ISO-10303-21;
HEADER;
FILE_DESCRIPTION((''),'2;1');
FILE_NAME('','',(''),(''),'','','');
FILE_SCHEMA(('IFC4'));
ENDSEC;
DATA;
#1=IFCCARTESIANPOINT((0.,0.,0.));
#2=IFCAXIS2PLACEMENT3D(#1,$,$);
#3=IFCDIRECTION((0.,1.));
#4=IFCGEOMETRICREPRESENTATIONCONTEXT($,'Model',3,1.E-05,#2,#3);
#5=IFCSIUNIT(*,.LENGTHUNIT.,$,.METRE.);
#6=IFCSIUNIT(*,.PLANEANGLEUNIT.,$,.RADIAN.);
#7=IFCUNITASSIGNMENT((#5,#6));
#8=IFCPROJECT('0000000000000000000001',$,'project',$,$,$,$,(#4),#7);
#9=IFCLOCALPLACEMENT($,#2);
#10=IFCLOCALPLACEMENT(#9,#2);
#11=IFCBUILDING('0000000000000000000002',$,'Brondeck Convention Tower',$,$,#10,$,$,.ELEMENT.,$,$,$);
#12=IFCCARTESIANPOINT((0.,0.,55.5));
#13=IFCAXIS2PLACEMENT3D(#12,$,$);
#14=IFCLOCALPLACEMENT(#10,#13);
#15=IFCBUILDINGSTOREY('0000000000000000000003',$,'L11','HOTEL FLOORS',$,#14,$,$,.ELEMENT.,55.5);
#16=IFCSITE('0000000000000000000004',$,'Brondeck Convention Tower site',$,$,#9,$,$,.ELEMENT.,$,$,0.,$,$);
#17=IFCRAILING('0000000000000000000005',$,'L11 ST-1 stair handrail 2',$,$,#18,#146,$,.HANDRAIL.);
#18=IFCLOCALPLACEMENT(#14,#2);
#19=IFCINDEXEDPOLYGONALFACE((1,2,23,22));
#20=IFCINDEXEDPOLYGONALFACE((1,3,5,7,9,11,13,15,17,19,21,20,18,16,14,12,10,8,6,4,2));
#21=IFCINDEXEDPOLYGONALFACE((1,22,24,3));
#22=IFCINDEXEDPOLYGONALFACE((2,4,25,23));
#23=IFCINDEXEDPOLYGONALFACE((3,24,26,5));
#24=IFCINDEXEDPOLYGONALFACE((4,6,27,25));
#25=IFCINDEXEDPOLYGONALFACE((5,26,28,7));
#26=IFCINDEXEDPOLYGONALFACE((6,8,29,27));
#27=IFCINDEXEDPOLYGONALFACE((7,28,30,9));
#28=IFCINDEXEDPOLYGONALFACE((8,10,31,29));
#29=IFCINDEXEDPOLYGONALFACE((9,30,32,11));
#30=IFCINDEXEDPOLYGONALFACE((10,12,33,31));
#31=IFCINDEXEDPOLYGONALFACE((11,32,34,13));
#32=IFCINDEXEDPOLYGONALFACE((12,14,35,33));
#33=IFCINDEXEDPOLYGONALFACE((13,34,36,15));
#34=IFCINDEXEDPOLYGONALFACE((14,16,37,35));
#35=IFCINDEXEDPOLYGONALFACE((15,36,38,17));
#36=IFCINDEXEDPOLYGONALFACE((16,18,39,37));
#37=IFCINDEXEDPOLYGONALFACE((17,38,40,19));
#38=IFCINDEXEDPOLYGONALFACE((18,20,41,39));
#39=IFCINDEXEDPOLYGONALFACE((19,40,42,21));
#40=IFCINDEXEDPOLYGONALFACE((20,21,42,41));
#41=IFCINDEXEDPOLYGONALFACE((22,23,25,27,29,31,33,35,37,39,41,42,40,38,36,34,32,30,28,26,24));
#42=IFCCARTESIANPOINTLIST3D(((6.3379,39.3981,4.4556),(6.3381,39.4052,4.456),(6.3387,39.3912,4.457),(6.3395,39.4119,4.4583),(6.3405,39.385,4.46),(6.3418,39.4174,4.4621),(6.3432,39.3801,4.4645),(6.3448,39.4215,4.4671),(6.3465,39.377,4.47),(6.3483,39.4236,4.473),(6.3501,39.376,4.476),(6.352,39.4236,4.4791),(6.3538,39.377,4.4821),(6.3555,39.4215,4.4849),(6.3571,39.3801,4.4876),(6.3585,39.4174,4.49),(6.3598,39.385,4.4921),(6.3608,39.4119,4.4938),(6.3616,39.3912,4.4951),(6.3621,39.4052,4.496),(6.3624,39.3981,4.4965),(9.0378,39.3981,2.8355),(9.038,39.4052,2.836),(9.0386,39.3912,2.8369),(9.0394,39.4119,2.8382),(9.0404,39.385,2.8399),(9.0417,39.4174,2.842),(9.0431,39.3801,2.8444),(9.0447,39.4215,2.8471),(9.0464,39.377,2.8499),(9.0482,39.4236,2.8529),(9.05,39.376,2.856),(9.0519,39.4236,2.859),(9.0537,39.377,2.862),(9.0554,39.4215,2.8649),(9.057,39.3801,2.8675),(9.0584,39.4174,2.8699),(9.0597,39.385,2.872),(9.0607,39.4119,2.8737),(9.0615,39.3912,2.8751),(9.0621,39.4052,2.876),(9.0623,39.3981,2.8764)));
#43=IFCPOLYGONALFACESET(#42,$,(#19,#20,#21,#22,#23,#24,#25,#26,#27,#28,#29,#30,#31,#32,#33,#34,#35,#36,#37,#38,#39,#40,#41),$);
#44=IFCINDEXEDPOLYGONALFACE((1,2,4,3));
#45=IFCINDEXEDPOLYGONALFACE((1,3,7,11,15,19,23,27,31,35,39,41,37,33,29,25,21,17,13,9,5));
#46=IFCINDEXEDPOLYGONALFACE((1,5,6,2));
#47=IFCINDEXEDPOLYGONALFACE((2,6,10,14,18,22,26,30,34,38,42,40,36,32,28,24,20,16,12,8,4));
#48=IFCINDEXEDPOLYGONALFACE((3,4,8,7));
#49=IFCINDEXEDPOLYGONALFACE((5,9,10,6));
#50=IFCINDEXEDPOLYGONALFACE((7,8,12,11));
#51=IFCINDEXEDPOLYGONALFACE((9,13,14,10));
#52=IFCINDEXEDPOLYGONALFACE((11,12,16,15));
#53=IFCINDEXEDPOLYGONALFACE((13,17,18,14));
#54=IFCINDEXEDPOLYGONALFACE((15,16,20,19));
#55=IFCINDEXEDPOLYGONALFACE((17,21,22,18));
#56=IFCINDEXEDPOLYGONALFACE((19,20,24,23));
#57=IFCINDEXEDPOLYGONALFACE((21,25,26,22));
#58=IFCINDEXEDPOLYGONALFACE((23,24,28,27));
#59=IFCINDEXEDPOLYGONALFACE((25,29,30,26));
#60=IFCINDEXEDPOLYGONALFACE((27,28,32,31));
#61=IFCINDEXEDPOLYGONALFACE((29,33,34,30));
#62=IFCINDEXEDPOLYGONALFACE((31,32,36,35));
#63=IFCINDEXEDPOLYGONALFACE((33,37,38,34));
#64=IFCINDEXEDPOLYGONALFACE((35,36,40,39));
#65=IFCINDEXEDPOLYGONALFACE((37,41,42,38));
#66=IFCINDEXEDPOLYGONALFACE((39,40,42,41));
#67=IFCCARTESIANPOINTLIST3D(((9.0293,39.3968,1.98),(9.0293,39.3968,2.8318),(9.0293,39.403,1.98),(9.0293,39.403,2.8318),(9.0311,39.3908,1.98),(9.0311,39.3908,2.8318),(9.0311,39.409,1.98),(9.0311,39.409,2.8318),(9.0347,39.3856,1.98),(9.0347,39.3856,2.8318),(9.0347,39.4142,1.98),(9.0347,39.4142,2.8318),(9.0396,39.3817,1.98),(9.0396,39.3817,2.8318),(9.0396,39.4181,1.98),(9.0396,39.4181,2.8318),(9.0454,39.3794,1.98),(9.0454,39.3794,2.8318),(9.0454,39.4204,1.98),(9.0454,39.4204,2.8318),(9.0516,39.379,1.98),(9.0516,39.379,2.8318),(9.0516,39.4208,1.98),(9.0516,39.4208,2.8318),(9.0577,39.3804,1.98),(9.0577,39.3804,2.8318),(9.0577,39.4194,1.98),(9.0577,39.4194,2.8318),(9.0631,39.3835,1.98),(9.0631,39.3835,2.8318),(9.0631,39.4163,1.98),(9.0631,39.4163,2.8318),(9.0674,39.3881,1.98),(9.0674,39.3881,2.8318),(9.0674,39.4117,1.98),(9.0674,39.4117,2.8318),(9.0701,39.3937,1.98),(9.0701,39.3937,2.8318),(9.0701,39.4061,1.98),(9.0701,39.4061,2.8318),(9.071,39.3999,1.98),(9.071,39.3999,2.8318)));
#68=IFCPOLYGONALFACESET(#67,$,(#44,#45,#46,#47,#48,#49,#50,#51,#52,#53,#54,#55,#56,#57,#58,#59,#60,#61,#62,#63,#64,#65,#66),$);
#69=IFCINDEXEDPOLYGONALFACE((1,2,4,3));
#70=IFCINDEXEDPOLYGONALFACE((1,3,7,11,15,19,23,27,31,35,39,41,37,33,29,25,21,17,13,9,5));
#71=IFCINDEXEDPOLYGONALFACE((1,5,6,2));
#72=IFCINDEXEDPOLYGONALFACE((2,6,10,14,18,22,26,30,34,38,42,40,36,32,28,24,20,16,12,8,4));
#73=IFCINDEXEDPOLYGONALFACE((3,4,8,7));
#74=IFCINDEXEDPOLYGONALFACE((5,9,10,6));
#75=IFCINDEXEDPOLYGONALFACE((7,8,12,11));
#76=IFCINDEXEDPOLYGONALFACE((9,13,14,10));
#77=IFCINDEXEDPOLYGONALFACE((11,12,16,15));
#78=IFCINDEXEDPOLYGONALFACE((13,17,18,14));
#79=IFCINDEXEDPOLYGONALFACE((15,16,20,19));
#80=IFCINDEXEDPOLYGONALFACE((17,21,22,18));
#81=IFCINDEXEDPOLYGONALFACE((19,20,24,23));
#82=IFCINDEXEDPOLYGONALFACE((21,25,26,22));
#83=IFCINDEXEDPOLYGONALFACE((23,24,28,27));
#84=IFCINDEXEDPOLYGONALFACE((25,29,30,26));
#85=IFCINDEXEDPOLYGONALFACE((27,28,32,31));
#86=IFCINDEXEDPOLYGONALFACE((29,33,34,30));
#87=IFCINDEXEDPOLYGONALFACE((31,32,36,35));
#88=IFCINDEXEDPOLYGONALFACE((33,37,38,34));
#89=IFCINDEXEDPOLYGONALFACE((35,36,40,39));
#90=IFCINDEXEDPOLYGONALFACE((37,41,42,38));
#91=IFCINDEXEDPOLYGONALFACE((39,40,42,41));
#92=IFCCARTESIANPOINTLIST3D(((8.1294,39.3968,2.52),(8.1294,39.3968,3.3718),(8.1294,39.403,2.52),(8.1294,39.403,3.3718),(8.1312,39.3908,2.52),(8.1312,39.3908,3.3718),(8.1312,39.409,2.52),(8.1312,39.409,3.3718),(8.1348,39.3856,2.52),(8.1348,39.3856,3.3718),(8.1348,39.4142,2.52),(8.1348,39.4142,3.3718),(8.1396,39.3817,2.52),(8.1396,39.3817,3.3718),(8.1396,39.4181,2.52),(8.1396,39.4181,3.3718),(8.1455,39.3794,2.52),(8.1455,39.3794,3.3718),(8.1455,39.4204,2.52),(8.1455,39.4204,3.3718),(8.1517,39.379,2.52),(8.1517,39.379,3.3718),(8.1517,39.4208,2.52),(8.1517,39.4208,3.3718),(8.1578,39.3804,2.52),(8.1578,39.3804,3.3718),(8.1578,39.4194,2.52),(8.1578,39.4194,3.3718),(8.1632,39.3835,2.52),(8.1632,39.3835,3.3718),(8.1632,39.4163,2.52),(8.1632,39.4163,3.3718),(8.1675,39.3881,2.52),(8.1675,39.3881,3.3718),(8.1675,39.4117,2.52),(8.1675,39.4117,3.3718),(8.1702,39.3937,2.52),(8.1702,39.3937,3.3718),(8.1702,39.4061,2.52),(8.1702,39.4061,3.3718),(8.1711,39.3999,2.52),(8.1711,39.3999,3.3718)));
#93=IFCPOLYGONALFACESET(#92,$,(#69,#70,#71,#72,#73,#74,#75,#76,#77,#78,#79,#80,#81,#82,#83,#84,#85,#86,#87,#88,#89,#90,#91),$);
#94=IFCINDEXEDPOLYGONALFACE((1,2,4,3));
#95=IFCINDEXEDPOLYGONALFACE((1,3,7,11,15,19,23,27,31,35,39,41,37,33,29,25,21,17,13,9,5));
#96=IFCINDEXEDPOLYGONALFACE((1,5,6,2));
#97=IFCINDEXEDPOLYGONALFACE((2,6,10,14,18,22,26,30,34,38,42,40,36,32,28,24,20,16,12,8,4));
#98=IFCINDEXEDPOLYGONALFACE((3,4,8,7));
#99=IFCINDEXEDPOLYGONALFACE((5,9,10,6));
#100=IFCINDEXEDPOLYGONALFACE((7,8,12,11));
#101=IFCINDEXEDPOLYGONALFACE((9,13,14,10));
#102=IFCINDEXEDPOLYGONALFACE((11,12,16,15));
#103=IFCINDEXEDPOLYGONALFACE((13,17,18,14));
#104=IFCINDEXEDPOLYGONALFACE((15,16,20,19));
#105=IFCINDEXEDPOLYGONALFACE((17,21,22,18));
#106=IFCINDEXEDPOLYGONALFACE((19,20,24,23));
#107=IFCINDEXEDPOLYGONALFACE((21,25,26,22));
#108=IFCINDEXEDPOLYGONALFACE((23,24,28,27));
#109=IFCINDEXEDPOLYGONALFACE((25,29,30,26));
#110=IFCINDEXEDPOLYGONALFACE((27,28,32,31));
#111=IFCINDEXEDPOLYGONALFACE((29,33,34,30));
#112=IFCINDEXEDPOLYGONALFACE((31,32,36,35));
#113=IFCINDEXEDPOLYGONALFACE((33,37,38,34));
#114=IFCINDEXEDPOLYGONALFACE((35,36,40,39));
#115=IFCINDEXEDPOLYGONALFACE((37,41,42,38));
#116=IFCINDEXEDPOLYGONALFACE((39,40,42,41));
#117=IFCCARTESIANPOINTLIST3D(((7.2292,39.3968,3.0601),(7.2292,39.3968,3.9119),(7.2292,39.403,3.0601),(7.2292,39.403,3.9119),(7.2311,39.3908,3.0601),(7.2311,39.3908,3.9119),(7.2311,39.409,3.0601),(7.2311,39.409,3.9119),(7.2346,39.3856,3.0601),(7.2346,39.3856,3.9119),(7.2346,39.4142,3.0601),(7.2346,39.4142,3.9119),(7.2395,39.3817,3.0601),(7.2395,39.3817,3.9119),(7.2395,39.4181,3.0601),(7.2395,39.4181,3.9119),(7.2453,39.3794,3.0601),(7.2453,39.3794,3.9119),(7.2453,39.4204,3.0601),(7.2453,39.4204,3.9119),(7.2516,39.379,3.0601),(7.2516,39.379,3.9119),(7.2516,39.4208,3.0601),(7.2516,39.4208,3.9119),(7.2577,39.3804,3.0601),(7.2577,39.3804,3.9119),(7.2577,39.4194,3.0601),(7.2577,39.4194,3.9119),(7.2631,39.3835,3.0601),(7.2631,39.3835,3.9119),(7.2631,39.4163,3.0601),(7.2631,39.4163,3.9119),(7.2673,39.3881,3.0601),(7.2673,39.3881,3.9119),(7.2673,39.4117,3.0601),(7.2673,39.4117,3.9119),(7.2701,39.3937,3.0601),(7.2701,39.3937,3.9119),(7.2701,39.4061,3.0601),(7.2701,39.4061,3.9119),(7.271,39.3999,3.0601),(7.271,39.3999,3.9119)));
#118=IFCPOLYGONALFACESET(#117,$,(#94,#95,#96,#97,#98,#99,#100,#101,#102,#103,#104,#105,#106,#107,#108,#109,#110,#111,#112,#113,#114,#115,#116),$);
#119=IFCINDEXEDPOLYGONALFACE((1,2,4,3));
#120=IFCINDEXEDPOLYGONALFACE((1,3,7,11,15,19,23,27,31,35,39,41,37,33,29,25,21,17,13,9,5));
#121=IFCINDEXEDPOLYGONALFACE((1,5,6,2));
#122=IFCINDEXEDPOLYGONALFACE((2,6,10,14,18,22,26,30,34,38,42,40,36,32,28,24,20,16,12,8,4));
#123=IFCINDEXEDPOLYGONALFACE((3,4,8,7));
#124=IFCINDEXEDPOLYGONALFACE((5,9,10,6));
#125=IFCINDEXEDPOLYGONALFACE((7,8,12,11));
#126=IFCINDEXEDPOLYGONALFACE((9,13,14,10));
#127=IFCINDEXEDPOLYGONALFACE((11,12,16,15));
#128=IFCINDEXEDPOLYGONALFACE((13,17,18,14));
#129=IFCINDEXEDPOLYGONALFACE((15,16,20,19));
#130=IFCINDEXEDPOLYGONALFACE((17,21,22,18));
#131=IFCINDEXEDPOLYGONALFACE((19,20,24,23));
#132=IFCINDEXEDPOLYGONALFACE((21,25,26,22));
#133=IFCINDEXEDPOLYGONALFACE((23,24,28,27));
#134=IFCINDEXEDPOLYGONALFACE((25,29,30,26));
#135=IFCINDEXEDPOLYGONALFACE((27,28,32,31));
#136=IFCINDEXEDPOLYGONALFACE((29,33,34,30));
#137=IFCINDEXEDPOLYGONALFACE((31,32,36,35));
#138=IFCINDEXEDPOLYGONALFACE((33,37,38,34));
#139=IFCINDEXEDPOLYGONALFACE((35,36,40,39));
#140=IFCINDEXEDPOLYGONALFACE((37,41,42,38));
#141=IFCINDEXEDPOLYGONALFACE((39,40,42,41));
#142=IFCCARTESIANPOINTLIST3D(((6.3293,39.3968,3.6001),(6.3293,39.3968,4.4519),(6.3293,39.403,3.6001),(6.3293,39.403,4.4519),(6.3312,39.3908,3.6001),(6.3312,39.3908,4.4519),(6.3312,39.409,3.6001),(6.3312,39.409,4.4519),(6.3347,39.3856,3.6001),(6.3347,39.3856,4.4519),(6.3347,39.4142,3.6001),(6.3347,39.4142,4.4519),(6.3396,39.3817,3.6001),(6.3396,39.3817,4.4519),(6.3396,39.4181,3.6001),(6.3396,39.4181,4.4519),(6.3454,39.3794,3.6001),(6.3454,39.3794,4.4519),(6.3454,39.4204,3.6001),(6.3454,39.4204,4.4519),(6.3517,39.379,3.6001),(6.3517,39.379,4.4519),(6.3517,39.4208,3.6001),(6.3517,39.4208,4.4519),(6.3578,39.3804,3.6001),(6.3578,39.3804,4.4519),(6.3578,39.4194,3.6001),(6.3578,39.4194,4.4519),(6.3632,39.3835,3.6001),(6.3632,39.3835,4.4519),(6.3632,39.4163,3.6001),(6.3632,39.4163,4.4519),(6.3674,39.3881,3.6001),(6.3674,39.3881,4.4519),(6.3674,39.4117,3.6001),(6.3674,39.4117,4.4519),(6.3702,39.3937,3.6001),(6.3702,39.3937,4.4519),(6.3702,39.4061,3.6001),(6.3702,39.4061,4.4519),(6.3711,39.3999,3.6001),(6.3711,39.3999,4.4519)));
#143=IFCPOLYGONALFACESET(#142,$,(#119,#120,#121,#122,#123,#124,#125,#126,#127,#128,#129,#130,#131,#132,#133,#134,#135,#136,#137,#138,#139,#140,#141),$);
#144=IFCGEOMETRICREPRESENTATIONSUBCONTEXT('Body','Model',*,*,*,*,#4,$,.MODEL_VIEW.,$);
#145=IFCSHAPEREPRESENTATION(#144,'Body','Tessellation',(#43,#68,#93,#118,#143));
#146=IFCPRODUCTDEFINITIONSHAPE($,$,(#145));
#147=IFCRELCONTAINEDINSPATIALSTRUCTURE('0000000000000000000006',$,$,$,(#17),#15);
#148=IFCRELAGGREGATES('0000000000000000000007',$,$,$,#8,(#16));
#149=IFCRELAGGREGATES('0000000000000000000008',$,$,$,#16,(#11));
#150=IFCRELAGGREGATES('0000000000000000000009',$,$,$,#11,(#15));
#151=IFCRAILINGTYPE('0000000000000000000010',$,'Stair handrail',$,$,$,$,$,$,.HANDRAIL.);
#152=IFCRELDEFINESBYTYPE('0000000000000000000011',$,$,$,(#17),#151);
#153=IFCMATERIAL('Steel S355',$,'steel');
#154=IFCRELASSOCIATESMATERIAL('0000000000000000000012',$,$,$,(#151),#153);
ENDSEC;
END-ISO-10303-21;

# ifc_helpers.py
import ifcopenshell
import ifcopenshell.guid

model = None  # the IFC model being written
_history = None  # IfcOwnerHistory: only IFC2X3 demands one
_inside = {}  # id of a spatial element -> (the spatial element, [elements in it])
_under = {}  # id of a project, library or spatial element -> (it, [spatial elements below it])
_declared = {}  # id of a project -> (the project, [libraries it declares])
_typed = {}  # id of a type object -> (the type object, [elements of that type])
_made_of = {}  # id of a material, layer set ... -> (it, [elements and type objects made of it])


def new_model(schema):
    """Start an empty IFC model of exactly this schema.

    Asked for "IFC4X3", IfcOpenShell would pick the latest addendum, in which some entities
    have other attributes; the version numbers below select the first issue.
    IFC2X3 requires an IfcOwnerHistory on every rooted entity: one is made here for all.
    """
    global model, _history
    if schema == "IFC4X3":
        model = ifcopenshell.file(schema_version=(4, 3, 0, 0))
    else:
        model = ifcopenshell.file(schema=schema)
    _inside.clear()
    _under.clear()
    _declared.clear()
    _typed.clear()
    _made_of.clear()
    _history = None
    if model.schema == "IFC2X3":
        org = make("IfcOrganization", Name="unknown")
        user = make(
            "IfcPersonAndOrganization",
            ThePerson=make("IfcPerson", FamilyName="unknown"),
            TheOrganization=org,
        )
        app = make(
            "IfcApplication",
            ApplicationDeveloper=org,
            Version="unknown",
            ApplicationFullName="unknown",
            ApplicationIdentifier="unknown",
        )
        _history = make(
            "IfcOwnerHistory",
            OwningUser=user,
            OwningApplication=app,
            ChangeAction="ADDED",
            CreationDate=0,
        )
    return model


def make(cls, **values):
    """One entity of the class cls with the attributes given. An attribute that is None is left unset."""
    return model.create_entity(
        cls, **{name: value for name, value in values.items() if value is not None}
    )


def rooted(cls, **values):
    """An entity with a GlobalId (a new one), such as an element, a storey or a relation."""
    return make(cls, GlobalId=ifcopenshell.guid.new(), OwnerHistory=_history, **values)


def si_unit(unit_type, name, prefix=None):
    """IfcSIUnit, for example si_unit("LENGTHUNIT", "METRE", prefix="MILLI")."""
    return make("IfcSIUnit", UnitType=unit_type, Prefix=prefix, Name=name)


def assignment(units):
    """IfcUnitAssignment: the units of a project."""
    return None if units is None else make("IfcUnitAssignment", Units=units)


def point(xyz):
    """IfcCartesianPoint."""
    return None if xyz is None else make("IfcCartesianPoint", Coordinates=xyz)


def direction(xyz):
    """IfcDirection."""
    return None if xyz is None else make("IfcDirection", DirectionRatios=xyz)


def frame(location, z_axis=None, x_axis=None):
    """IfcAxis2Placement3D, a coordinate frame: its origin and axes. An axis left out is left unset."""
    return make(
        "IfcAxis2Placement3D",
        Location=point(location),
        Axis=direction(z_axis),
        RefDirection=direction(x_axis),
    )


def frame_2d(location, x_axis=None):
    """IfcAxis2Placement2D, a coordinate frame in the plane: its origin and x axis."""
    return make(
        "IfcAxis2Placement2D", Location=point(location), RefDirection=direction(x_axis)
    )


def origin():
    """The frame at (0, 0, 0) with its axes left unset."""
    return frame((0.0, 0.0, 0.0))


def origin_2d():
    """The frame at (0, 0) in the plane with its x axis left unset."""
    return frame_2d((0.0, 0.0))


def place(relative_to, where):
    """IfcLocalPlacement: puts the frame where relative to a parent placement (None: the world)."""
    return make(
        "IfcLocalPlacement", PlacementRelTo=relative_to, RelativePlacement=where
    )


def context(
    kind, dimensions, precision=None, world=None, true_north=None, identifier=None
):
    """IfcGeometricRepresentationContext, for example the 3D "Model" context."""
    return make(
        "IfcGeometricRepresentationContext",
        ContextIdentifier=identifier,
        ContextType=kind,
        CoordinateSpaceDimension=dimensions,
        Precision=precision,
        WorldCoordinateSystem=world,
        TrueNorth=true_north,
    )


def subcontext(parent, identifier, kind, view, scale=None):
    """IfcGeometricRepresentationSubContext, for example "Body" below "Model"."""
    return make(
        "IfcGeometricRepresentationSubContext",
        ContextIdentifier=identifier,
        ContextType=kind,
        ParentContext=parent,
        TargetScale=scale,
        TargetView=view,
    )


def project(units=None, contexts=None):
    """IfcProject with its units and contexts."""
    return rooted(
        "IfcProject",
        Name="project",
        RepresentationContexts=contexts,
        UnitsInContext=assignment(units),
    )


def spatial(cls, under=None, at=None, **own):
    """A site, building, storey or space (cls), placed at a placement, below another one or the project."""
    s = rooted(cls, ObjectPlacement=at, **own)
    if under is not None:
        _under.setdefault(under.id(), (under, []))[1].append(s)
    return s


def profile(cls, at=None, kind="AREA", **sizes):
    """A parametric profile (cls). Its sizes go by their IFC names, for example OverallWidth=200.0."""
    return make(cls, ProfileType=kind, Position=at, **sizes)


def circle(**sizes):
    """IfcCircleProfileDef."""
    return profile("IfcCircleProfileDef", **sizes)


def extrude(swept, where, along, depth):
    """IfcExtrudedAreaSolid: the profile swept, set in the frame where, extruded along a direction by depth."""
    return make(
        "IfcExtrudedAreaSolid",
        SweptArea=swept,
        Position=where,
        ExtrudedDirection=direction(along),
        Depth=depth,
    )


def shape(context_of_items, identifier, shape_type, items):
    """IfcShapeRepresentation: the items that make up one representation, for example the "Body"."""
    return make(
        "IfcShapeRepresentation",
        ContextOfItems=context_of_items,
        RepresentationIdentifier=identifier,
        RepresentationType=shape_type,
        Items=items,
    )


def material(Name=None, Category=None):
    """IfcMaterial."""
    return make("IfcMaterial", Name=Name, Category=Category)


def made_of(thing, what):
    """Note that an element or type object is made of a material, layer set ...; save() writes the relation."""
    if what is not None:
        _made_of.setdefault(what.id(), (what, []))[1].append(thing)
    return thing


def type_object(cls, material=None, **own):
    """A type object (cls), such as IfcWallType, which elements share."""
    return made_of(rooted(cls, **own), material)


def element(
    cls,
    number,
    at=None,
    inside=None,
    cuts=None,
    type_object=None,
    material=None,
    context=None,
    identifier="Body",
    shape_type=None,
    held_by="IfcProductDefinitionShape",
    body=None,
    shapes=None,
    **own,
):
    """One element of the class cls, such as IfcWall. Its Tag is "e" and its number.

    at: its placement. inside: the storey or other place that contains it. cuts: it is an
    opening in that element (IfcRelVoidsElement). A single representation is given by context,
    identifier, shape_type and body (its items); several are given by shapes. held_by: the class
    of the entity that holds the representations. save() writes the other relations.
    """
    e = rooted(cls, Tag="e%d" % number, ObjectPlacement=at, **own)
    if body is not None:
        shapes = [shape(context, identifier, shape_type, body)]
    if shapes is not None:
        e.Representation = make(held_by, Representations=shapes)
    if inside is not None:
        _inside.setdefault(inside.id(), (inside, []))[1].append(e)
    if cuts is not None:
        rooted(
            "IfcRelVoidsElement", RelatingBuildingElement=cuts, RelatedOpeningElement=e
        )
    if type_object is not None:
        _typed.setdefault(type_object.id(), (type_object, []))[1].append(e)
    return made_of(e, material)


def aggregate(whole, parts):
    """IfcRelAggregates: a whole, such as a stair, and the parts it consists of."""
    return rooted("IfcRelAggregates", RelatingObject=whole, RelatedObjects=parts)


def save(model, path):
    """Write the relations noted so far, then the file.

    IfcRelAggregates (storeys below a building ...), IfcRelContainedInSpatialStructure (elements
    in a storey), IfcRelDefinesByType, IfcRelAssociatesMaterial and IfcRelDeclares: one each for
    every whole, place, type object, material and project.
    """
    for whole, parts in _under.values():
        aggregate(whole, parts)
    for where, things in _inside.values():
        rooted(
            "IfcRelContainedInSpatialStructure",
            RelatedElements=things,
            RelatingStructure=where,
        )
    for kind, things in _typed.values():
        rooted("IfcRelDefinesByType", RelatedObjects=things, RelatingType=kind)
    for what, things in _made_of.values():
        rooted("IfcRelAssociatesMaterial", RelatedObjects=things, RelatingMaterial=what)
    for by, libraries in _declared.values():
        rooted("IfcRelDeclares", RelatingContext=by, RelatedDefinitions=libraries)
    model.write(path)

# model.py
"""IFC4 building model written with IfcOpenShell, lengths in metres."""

from ifc_helpers import new_model, si_unit, direction, frame, origin, origin_2d, place, context, subcontext, project, spatial, circle, extrude, material, type_object, element, save


model = new_model("IFC4")

# Units and contexts
model_context = context("Model", 3, precision=1e-05, world=origin(), true_north=direction((0.0, 1.0)))
body_context = subcontext(model_context, "Body", "Model", "MODEL_VIEW")
ifc_project = project(units=[si_unit("LENGTHUNIT", "METRE"), si_unit("PLANEANGLEUNIT", "RADIAN")], contexts=[model_context])

# Site, building, storey
site_placement = place(None, origin())
site = spatial("IfcSite", under=ifc_project, at=site_placement, Name="Brondeck Convention Tower site", CompositionType="ELEMENT", RefElevation=0.0)
building_placement = place(site_placement, origin())
building = spatial("IfcBuilding", under=site, at=building_placement, Name="Brondeck Convention Tower", CompositionType="ELEMENT")
storey_placement = place(building_placement, frame((0.0, 0.0, 55.5)))
storey = spatial("IfcBuildingStorey", under=building, at=storey_placement, Name="L11", Description="HOTEL FLOORS", CompositionType="ELEMENT", Elevation=55.5)

# Shared definitions
ifc_material_1 = material(Name="Steel S355", Category="steel")

# Railing
railing_type = type_object("IfcRailingType", Name="Stair handrail", PredefinedType="HANDRAIL", material=ifc_material_1)
railing_placement = place(storey_placement, frame((9.05, 39.3999, 1.98)))
element("IfcRailing", 1, at=railing_placement, inside=storey, type_object=railing_type, Name="L11 ST-1 stair handrail 2", PredefinedType="HANDRAIL", context=body_context, shape_type="SweptSolid", body=[
    extrude(circle(Radius=0.0239, at=origin_2d()), frame((0.0, 0.0, 0.876), z_axis=(-0.857472, 0.0, 0.51453), x_axis=(0.0, -1.0, 0.0)), (0.0, 0.0, 1.0), 3.1487),
    extrude(circle(Radius=0.021, at=origin_2d()), origin(), (0.0, 0.0, 1.0), 0.8518),
    extrude(circle(Radius=0.021, at=origin_2d()), frame((-0.8999, 0.0, 0.54)), (0.0, 0.0, 1.0), 0.8518),
    extrude(circle(Radius=0.021, at=origin_2d()), frame((-1.8, 0.0, 1.0801)), (0.0, 0.0, 1.0), 0.8518),
    extrude(circle(Radius=0.021, at=origin_2d()), frame((-2.7, 0.0, 1.6201)), (0.0, 0.0, 1.0), 0.8518),
])

save(model, "model.ifc")
